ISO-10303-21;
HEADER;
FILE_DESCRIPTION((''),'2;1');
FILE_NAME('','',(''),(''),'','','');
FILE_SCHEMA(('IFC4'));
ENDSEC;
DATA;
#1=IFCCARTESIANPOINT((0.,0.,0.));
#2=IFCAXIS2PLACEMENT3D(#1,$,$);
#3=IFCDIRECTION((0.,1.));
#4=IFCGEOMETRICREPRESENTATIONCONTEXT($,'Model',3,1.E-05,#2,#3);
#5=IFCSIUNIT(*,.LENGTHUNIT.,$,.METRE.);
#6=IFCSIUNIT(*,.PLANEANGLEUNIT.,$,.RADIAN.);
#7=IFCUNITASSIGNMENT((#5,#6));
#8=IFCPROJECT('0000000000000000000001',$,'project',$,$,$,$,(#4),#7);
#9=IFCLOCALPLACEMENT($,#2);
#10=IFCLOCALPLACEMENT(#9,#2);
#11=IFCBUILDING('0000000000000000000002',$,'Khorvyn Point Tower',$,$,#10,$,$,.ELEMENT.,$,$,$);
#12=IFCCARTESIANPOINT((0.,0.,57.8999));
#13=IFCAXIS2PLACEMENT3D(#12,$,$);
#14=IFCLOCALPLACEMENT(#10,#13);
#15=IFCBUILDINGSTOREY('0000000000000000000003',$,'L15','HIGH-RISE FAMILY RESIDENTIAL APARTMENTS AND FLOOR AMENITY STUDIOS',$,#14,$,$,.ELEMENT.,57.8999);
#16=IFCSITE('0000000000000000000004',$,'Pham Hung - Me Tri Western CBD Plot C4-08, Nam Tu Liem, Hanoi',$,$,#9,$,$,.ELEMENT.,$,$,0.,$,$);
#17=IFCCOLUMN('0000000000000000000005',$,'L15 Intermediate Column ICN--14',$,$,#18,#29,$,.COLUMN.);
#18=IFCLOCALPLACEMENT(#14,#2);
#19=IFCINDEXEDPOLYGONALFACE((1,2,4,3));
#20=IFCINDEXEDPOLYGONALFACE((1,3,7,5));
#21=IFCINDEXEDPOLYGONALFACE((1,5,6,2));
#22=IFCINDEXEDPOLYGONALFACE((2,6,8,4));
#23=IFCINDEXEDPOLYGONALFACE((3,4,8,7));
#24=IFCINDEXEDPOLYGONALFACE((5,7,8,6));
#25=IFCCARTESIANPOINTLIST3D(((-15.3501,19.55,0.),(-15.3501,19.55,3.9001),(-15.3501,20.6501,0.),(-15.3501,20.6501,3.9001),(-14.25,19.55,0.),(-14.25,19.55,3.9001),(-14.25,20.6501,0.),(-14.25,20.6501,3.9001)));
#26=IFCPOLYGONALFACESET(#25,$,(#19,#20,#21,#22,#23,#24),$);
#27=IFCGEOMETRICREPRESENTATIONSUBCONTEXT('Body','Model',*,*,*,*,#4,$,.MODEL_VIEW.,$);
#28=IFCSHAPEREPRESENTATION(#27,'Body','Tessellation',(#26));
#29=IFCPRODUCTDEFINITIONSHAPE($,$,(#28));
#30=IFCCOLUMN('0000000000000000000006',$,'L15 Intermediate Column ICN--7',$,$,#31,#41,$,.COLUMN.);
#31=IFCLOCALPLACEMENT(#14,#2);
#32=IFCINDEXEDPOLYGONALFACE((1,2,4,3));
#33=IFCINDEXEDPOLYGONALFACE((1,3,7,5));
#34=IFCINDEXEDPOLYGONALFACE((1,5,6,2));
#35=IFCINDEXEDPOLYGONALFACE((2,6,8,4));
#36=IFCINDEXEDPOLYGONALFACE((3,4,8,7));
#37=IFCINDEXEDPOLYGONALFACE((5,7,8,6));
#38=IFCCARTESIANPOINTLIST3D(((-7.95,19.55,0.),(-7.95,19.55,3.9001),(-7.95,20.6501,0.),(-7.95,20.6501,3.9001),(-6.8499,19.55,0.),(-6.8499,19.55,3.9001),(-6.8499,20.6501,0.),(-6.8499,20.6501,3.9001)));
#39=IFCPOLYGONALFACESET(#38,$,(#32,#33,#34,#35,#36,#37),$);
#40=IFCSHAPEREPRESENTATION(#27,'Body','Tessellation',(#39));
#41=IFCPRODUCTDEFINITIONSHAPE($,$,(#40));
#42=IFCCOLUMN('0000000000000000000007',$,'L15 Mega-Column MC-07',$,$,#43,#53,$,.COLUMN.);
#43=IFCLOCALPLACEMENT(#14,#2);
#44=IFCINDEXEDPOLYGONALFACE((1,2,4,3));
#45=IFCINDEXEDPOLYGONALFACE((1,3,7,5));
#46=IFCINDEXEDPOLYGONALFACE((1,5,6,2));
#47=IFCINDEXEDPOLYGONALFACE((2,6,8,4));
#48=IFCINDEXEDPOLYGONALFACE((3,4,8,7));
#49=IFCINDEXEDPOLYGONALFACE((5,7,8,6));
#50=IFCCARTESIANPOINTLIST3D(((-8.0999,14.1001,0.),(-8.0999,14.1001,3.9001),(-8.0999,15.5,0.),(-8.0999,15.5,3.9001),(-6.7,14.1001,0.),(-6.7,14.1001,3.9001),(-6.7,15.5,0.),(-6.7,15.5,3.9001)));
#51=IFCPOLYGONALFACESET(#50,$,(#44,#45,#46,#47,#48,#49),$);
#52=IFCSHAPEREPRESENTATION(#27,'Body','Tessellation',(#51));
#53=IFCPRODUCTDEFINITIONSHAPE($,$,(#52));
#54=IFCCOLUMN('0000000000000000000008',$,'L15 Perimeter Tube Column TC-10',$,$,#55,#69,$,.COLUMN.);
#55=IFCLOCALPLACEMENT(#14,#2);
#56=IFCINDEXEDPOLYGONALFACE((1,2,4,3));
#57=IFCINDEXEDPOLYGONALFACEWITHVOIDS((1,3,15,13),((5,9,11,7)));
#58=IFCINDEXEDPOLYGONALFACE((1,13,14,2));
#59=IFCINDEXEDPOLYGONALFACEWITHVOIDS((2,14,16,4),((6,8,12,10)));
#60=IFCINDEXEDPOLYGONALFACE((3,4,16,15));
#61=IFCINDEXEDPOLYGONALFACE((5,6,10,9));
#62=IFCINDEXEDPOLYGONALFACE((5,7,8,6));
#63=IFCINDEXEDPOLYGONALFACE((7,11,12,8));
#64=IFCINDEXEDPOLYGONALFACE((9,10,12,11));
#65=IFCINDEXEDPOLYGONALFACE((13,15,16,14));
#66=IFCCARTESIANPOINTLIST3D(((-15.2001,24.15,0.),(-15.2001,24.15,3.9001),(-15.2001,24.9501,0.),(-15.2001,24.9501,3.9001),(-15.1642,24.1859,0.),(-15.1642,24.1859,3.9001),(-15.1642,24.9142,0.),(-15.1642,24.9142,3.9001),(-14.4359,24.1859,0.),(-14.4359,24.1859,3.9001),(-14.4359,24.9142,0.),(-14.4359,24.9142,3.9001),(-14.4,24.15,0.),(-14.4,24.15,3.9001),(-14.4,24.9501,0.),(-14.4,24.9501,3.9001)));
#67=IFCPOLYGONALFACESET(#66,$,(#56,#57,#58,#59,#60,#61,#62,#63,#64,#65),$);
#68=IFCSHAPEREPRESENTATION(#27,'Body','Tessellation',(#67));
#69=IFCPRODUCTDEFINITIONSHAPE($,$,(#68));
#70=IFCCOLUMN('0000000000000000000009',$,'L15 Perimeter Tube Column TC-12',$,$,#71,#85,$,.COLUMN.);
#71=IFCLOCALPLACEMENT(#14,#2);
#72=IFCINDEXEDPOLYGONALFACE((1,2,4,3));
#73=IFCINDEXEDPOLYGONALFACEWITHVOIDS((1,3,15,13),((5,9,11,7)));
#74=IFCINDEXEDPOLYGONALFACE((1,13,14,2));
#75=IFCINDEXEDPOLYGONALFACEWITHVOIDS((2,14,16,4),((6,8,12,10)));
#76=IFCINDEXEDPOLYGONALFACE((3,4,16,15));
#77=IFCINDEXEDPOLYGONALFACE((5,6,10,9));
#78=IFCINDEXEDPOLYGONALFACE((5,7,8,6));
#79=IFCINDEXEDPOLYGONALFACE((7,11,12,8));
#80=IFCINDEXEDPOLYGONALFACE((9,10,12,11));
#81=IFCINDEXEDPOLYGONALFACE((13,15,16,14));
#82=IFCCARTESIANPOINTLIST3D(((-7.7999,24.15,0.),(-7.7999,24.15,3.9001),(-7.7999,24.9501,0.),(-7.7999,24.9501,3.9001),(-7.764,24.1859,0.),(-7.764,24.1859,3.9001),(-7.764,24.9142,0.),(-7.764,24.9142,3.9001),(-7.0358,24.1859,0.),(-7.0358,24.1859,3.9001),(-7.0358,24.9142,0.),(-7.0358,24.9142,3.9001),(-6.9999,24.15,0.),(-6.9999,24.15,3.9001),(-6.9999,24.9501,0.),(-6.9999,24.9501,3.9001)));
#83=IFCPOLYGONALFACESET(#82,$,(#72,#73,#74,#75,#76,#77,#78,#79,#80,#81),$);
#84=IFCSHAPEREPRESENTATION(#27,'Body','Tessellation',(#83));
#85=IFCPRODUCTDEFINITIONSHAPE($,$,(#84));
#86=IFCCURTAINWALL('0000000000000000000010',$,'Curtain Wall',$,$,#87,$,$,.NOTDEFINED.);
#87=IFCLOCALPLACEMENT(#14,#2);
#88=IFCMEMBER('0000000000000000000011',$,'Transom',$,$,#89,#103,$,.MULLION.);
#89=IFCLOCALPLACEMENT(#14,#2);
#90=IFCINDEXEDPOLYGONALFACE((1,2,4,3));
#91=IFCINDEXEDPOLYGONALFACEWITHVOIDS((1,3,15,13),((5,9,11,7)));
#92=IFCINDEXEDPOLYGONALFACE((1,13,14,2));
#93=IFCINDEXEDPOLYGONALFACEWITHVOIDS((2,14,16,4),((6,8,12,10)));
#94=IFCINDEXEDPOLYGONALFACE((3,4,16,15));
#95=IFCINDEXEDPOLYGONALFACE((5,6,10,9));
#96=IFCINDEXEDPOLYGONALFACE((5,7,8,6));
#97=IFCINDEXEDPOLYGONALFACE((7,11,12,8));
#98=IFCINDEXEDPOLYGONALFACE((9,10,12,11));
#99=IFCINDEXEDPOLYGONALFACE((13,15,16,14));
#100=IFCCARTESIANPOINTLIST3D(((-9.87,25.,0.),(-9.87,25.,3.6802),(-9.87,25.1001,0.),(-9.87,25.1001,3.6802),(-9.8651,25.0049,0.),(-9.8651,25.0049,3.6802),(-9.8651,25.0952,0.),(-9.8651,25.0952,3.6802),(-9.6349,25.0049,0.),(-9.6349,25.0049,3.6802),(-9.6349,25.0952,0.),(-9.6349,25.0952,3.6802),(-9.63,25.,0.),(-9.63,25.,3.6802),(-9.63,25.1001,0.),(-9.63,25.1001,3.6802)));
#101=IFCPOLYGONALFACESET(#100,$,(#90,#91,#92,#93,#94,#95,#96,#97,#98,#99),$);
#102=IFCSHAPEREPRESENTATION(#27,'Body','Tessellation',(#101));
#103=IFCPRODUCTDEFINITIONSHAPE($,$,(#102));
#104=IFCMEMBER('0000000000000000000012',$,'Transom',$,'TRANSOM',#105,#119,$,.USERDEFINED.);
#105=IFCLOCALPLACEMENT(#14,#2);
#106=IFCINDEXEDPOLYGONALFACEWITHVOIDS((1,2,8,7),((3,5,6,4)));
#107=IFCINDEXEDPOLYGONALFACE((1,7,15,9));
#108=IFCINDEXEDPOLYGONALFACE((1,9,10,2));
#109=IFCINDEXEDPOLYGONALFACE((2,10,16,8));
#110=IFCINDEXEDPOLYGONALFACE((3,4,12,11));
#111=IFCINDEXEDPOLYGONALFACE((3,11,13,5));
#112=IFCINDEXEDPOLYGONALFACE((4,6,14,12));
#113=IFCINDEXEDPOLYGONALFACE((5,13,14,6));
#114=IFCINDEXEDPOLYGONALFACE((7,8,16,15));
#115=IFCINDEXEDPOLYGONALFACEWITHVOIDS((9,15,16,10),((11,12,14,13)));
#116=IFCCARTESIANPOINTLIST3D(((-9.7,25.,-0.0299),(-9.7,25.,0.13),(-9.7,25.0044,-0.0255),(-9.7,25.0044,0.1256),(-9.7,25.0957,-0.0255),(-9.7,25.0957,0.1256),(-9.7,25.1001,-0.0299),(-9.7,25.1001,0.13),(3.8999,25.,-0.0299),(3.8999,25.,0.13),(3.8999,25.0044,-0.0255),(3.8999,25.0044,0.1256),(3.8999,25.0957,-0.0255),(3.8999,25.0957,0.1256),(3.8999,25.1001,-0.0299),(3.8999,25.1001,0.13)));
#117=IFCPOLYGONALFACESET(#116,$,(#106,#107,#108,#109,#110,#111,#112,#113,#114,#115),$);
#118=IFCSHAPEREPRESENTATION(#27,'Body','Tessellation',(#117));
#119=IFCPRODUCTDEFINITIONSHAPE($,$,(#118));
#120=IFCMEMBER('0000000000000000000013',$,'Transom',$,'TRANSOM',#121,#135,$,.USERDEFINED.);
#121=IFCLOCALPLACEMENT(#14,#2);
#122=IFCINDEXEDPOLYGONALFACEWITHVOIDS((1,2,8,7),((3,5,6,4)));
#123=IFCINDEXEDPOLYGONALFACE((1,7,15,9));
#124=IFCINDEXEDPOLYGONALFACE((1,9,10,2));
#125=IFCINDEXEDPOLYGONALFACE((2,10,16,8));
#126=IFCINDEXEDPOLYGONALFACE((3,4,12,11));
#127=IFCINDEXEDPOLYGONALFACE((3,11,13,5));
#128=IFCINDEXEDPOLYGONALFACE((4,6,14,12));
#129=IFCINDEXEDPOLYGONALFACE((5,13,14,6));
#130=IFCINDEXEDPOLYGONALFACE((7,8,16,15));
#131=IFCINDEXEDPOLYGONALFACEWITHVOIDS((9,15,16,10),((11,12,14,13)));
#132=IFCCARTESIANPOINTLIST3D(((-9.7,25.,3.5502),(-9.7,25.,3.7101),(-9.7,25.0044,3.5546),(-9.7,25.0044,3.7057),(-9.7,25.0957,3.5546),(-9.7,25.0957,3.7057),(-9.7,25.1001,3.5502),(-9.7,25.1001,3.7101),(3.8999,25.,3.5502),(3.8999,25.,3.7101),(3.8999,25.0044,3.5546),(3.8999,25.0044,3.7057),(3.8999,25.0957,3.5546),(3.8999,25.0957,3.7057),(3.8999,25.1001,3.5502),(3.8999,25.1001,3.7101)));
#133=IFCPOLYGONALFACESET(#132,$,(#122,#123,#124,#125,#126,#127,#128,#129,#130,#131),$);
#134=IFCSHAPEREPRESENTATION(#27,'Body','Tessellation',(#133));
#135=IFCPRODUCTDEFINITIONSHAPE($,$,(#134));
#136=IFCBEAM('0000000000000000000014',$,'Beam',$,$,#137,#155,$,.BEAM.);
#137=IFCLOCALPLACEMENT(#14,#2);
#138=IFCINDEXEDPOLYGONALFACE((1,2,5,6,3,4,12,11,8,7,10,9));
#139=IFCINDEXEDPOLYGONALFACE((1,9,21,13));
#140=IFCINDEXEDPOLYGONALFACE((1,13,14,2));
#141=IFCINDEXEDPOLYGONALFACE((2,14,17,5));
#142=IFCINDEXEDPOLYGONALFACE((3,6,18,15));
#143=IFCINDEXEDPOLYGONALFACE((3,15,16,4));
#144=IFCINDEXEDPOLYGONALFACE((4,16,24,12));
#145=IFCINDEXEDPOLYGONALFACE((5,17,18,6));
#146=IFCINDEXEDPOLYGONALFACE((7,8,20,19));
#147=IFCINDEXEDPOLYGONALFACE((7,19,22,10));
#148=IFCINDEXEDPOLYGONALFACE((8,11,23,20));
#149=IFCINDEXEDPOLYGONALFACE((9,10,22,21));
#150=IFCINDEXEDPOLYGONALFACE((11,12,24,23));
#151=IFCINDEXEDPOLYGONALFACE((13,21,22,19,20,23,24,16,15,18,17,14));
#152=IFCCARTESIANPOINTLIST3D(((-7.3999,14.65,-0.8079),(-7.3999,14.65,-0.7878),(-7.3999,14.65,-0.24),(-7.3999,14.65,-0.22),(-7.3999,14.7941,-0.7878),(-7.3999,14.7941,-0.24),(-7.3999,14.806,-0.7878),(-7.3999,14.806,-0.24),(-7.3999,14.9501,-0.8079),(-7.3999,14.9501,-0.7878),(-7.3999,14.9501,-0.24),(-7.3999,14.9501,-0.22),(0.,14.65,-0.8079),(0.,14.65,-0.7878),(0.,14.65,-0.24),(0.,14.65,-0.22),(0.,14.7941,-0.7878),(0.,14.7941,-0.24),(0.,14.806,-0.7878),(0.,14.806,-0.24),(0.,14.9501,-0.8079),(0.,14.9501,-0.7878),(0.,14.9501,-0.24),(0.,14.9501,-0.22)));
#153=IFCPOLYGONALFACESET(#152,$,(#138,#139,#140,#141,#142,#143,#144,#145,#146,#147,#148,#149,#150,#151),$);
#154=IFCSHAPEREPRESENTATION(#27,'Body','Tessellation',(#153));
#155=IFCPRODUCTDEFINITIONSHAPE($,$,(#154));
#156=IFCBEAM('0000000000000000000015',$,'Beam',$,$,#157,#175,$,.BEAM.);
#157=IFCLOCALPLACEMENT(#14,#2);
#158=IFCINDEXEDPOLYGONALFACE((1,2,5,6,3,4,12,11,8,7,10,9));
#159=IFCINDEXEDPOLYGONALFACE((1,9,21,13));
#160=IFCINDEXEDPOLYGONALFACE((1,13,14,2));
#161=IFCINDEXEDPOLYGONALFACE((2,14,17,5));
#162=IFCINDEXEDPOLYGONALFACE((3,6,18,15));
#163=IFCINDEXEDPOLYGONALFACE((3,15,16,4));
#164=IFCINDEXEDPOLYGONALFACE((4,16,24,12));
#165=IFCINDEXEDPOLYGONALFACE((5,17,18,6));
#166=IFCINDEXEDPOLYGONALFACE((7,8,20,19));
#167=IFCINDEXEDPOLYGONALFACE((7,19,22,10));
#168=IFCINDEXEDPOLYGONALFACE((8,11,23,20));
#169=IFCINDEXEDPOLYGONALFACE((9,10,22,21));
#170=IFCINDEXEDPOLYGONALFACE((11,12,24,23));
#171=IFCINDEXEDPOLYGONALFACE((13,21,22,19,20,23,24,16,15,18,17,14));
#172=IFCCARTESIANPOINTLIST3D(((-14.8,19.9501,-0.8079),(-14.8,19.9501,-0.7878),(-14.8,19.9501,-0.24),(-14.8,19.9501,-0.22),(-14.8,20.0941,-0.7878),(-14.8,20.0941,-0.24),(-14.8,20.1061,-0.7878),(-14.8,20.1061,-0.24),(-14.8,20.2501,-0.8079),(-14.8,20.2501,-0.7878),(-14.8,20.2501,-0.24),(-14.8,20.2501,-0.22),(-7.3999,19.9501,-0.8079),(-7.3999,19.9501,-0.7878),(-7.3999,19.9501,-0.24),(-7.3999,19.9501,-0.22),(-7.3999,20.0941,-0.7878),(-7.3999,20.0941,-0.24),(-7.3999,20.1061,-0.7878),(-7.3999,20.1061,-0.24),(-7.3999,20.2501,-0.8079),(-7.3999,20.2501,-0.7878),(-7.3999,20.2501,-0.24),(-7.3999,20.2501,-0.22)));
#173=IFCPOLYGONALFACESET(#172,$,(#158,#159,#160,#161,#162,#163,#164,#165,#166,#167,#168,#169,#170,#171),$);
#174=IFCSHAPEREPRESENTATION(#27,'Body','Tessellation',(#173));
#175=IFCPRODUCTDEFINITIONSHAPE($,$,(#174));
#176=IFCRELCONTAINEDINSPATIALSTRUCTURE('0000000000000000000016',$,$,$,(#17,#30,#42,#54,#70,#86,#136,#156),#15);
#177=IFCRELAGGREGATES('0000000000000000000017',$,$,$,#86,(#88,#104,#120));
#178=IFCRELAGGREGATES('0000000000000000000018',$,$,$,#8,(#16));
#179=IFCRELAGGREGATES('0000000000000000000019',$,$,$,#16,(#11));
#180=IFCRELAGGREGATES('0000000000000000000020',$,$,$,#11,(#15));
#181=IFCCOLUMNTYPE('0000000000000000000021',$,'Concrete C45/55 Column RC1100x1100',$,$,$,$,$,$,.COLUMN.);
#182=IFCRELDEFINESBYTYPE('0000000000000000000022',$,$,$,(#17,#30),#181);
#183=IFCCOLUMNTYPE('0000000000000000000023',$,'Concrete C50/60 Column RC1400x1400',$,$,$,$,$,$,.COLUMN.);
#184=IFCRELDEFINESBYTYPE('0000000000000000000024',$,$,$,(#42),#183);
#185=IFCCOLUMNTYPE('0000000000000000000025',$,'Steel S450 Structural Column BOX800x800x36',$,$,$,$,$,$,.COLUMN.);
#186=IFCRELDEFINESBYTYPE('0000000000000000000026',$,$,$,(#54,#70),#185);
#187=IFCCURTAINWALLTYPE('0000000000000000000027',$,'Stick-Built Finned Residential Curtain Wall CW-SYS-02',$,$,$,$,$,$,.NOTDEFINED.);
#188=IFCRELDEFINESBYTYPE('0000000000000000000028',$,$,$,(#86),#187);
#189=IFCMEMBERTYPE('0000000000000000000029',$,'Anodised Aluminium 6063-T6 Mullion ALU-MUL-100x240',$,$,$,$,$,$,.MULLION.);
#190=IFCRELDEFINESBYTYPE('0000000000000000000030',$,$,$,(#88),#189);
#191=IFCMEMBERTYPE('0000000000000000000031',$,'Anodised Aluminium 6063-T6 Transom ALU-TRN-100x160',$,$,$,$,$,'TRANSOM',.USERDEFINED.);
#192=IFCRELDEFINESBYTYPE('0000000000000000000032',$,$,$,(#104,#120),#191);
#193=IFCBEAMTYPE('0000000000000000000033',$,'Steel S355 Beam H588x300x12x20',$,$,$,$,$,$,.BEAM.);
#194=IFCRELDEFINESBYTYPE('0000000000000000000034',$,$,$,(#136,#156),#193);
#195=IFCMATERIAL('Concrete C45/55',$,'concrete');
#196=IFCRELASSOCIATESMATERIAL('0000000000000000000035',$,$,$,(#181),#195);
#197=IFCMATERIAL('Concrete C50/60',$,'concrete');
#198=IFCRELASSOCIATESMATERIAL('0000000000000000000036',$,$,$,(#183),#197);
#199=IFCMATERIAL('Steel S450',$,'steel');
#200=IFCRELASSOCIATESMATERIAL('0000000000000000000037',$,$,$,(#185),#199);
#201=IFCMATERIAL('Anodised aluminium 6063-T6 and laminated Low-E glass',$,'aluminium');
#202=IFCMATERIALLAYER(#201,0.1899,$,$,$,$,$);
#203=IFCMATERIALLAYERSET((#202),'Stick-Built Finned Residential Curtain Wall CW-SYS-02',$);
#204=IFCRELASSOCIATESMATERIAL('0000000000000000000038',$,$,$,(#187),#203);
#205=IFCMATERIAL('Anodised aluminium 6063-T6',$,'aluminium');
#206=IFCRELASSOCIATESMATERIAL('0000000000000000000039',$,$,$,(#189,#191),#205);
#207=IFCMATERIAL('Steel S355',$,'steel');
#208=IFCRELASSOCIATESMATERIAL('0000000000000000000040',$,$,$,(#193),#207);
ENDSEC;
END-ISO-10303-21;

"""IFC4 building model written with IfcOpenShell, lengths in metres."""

from ifc_helpers import new_model, si_unit, direction, frame, origin, origin_2d, place, context, subcontext, project, spatial, rectangle, hollow_rectangle, i_section, extrude, material, layer, layer_set, material_profile, profile_set, type_object, element, aggregate, save


model = new_model("IFC4")

# Units and contexts
model_context = context("Model", 3, precision=1e-05, world=origin(), true_north=direction((0.0, 1.0)))
body_context = subcontext(model_context, "Body", "Model", "MODEL_VIEW")
ifc_project = project(units=[si_unit("LENGTHUNIT", "METRE"), si_unit("PLANEANGLEUNIT", "RADIAN")], contexts=[model_context])

# Site, building, storey
site_placement = place(None, origin())
site = spatial("IfcSite", under=ifc_project, at=site_placement, Name="Pham Hung - Me Tri Western CBD Plot C4-08, Nam Tu Liem, Hanoi", CompositionType="ELEMENT", RefElevation=0.0)
building_placement = place(site_placement, origin())
building = spatial("IfcBuilding", under=site, at=building_placement, Name="Khorvyn Point Tower", CompositionType="ELEMENT")
storey_placement = place(building_placement, frame((0.0, 0.0, 57.8999)))
storey = spatial("IfcBuildingStorey", under=building, at=storey_placement, Name="L15", Description="HIGH-RISE FAMILY RESIDENTIAL APARTMENTS AND FLOOR AMENITY STUDIOS", CompositionType="ELEMENT", Elevation=57.8999)

# Columns
ifc_material_1 = material(Name="Concrete C45/55", Category="concrete")
ifc_material_profile_1 = material_profile(ifc_material_1, rectangle(XDim=1.1001, YDim=1.1001, at=origin_2d()))
ifc_profile_set_1 = profile_set([ifc_material_profile_1], Name="Concrete C45/55 RC1100x1100")
column_type_1 = type_object("IfcColumnType", Name="Concrete C45/55 Column RC1100x1100", PredefinedType="COLUMN", material=ifc_profile_set_1)
for number, where, z_axis, x_axis, name in (
    (1, (-14.8, 20.1001, 0.0), (0.0, 0.0, 1.0), (1.0, 0.0, 0.0), "L15 Intermediate Column ICN--14"),
    (2, (-7.3999, 20.1001, 0.0), (0.0, 0.0, 1.0), (1.0, 0.0, 0.0), "L15 Intermediate Column ICN--7"),
):
    element("IfcColumn", number, at=place(storey_placement, frame(where, z_axis=z_axis, x_axis=x_axis)), inside=storey, type_object=column_type_1, Name=name, PredefinedType="COLUMN", context=body_context, shape_type="SweptSolid", body=[
        extrude(rectangle(XDim=1.1001, YDim=1.1001, at=origin_2d()), origin(), (0.0, 0.0, 1.0), 3.9001),
    ])
ifc_material_2 = material(Name="Concrete C50/60", Category="concrete")
ifc_material_profile_2 = material_profile(ifc_material_2, rectangle(XDim=1.3999, YDim=1.3999, at=origin_2d()))
ifc_profile_set_2 = profile_set([ifc_material_profile_2], Name="Concrete C50/60 RC1400x1400")
column_type_2 = type_object("IfcColumnType", Name="Concrete C50/60 Column RC1400x1400", PredefinedType="COLUMN", material=ifc_profile_set_2)
column_placement = place(storey_placement, frame((-7.3999, 14.8, 0.0), z_axis=(0.0, 0.0, 1.0), x_axis=(1.0, 0.0, 0.0)))
element("IfcColumn", 3, at=column_placement, inside=storey, type_object=column_type_2, Name="L15 Mega-Column MC-07", PredefinedType="COLUMN", context=body_context, shape_type="SweptSolid", body=[
    extrude(rectangle(XDim=1.3999, YDim=1.3999, at=origin_2d()), origin(), (0.0, 0.0, 1.0), 3.9001),
])
ifc_material_3 = material(Name="Steel S450", Category="steel")
ifc_material_profile_3 = material_profile(ifc_material_3, hollow_rectangle(XDim=0.8, YDim=0.8, WallThickness=0.0359, at=origin_2d()))
ifc_profile_set_3 = profile_set([ifc_material_profile_3], Name="Steel S450 BOX800x800x36")
column_type_3 = type_object("IfcColumnType", Name="Steel S450 Structural Column BOX800x800x36", PredefinedType="COLUMN", material=ifc_profile_set_3)
for number, where, z_axis, x_axis, name in (
    (4, (-14.8, 24.55, 0.0), (0.0, 0.0, 1.0), (1.0, 0.0, 0.0), "L15 Perimeter Tube Column TC-10"),
    (5, (-7.3999, 24.55, 0.0), (0.0, 0.0, 1.0), (1.0, 0.0, 0.0), "L15 Perimeter Tube Column TC-12"),
):
    element("IfcColumn", number, at=place(storey_placement, frame(where, z_axis=z_axis, x_axis=x_axis)), inside=storey, type_object=column_type_3, Name=name, PredefinedType="COLUMN", context=body_context, shape_type="SweptSolid", body=[
        extrude(hollow_rectangle(XDim=0.8, YDim=0.8, WallThickness=0.0359, at=origin_2d()), origin(), (0.0, 0.0, 1.0), 3.9001),
    ])

# Curtain wall, members
ifc_material_4 = material(Name="Anodised aluminium 6063-T6 and laminated Low-E glass", Category="aluminium")
ifc_layer_1 = layer(ifc_material_4, 0.1899)
ifc_layer_set_1 = layer_set([ifc_layer_1], Name="Stick-Built Finned Residential Curtain Wall CW-SYS-02")
curtain_wall_type = type_object("IfcCurtainWallType", Name="Stick-Built Finned Residential Curtain Wall CW-SYS-02", PredefinedType="NOTDEFINED", material=ifc_layer_set_1)
curtain_wall_placement = place(storey_placement, origin())
curtain_wall = element("IfcCurtainWall", 6, at=curtain_wall_placement, inside=storey, type_object=curtain_wall_type, Name="Curtain Wall", PredefinedType="NOTDEFINED")
ifc_material_5 = material(Name="Anodised aluminium 6063-T6", Category="aluminium")
ifc_material_profile_4 = material_profile(ifc_material_5, hollow_rectangle(XDim=0.1001, YDim=0.24, WallThickness=0.0049, at=origin_2d()))
ifc_profile_set_4 = profile_set([ifc_material_profile_4], Name="Anodised aluminium 6063-T6 ALU-MUL-100x240")
member_type_1 = type_object("IfcMemberType", Name="Anodised Aluminium 6063-T6 Mullion ALU-MUL-100x240", PredefinedType="MULLION", material=ifc_profile_set_4)
member_1_placement = place(storey_placement, frame((-9.75, 25.05, 0.0), z_axis=(0.0, 0.0, 1.0), x_axis=(0.0, 1.0, 0.0)))
member_1 = element("IfcMember", 7, at=member_1_placement, type_object=member_type_1, Name="Transom", PredefinedType="MULLION", context=body_context, shape_type="SweptSolid", body=[
    extrude(hollow_rectangle(XDim=0.1001, YDim=0.24, WallThickness=0.0049, at=origin_2d()), origin(), (0.0, 0.0, 1.0), 3.6802),
])
ifc_material_profile_5 = material_profile(ifc_material_5, hollow_rectangle(XDim=0.1001, YDim=0.1599, WallThickness=0.0044, at=origin_2d()))
ifc_profile_set_5 = profile_set([ifc_material_profile_5], Name="Anodised aluminium 6063-T6 ALU-TRN-100x160")
member_type_2 = type_object("IfcMemberType", Name="Anodised Aluminium 6063-T6 Transom ALU-TRN-100x160", ElementType="TRANSOM", PredefinedType="USERDEFINED", material=ifc_profile_set_5)
member_2_placement = place(storey_placement, frame((-9.7, 25.05, 0.05), z_axis=(1.0, 0.0, 0.0), x_axis=(0.0, 1.0, 0.0)))
member_2 = element("IfcMember", 8, at=member_2_placement, type_object=member_type_2, Name="Transom", ObjectType="TRANSOM", PredefinedType="USERDEFINED", context=body_context, shape_type="SweptSolid", body=[
    extrude(hollow_rectangle(XDim=0.1001, YDim=0.1599, WallThickness=0.0044, at=origin_2d()), origin(), (0.0, 0.0, 1.0), 13.5999),
])
member_3_placement = place(storey_placement, frame((-9.7, 25.05, 3.6301), z_axis=(1.0, 0.0, 0.0), x_axis=(0.0, 1.0, 0.0)))
member_3 = element("IfcMember", 9, at=member_3_placement, type_object=member_type_2, Name="Transom", ObjectType="TRANSOM", PredefinedType="USERDEFINED", context=body_context, shape_type="SweptSolid", body=[
    extrude(hollow_rectangle(XDim=0.1001, YDim=0.1599, WallThickness=0.0044, at=origin_2d()), origin(), (0.0, 0.0, 1.0), 13.5999),
])

# Beams
ifc_material_6 = material(Name="Steel S355", Category="steel")
ifc_material_profile_6 = material_profile(ifc_material_6, i_section(OverallWidth=0.3, OverallDepth=0.5879, WebThickness=0.012, FlangeThickness=0.02, at=origin_2d()))
ifc_profile_set_6 = profile_set([ifc_material_profile_6], Name="Steel S355 H588x300x12x20")
beam_type_1 = type_object("IfcBeamType", Name="Steel S355 Beam H588x300x12x20", PredefinedType="BEAM", material=ifc_profile_set_6)
beam_1_placement = place(storey_placement, frame((-7.3999, 14.8, -0.5139), z_axis=(1.0, 0.0, 0.0), x_axis=(0.0, 1.0, 0.0)))
element("IfcBeam", 10, at=beam_1_placement, inside=storey, type_object=beam_type_1, Name="Beam", PredefinedType="BEAM", context=body_context, shape_type="SweptSolid", body=[
    extrude(i_section(OverallWidth=0.3, OverallDepth=0.5879, WebThickness=0.012, FlangeThickness=0.02, at=origin_2d()), origin(), (0.0, 0.0, 1.0), 7.3999),
])
beam_2_placement = place(storey_placement, frame((-14.8, 20.1001, -0.5139), z_axis=(1.0, 0.0, 0.0), x_axis=(0.0, 1.0, 0.0)))
element("IfcBeam", 11, at=beam_2_placement, inside=storey, type_object=beam_type_1, Name="Beam", PredefinedType="BEAM", context=body_context, shape_type="SweptSolid", body=[
    extrude(i_section(OverallWidth=0.3, OverallDepth=0.5879, WebThickness=0.012, FlangeThickness=0.02, at=origin_2d()), origin(), (0.0, 0.0, 1.0), 7.4001),
])

aggregate(curtain_wall, [member_1, member_2, member_3])

save(model, "model.ifc")
